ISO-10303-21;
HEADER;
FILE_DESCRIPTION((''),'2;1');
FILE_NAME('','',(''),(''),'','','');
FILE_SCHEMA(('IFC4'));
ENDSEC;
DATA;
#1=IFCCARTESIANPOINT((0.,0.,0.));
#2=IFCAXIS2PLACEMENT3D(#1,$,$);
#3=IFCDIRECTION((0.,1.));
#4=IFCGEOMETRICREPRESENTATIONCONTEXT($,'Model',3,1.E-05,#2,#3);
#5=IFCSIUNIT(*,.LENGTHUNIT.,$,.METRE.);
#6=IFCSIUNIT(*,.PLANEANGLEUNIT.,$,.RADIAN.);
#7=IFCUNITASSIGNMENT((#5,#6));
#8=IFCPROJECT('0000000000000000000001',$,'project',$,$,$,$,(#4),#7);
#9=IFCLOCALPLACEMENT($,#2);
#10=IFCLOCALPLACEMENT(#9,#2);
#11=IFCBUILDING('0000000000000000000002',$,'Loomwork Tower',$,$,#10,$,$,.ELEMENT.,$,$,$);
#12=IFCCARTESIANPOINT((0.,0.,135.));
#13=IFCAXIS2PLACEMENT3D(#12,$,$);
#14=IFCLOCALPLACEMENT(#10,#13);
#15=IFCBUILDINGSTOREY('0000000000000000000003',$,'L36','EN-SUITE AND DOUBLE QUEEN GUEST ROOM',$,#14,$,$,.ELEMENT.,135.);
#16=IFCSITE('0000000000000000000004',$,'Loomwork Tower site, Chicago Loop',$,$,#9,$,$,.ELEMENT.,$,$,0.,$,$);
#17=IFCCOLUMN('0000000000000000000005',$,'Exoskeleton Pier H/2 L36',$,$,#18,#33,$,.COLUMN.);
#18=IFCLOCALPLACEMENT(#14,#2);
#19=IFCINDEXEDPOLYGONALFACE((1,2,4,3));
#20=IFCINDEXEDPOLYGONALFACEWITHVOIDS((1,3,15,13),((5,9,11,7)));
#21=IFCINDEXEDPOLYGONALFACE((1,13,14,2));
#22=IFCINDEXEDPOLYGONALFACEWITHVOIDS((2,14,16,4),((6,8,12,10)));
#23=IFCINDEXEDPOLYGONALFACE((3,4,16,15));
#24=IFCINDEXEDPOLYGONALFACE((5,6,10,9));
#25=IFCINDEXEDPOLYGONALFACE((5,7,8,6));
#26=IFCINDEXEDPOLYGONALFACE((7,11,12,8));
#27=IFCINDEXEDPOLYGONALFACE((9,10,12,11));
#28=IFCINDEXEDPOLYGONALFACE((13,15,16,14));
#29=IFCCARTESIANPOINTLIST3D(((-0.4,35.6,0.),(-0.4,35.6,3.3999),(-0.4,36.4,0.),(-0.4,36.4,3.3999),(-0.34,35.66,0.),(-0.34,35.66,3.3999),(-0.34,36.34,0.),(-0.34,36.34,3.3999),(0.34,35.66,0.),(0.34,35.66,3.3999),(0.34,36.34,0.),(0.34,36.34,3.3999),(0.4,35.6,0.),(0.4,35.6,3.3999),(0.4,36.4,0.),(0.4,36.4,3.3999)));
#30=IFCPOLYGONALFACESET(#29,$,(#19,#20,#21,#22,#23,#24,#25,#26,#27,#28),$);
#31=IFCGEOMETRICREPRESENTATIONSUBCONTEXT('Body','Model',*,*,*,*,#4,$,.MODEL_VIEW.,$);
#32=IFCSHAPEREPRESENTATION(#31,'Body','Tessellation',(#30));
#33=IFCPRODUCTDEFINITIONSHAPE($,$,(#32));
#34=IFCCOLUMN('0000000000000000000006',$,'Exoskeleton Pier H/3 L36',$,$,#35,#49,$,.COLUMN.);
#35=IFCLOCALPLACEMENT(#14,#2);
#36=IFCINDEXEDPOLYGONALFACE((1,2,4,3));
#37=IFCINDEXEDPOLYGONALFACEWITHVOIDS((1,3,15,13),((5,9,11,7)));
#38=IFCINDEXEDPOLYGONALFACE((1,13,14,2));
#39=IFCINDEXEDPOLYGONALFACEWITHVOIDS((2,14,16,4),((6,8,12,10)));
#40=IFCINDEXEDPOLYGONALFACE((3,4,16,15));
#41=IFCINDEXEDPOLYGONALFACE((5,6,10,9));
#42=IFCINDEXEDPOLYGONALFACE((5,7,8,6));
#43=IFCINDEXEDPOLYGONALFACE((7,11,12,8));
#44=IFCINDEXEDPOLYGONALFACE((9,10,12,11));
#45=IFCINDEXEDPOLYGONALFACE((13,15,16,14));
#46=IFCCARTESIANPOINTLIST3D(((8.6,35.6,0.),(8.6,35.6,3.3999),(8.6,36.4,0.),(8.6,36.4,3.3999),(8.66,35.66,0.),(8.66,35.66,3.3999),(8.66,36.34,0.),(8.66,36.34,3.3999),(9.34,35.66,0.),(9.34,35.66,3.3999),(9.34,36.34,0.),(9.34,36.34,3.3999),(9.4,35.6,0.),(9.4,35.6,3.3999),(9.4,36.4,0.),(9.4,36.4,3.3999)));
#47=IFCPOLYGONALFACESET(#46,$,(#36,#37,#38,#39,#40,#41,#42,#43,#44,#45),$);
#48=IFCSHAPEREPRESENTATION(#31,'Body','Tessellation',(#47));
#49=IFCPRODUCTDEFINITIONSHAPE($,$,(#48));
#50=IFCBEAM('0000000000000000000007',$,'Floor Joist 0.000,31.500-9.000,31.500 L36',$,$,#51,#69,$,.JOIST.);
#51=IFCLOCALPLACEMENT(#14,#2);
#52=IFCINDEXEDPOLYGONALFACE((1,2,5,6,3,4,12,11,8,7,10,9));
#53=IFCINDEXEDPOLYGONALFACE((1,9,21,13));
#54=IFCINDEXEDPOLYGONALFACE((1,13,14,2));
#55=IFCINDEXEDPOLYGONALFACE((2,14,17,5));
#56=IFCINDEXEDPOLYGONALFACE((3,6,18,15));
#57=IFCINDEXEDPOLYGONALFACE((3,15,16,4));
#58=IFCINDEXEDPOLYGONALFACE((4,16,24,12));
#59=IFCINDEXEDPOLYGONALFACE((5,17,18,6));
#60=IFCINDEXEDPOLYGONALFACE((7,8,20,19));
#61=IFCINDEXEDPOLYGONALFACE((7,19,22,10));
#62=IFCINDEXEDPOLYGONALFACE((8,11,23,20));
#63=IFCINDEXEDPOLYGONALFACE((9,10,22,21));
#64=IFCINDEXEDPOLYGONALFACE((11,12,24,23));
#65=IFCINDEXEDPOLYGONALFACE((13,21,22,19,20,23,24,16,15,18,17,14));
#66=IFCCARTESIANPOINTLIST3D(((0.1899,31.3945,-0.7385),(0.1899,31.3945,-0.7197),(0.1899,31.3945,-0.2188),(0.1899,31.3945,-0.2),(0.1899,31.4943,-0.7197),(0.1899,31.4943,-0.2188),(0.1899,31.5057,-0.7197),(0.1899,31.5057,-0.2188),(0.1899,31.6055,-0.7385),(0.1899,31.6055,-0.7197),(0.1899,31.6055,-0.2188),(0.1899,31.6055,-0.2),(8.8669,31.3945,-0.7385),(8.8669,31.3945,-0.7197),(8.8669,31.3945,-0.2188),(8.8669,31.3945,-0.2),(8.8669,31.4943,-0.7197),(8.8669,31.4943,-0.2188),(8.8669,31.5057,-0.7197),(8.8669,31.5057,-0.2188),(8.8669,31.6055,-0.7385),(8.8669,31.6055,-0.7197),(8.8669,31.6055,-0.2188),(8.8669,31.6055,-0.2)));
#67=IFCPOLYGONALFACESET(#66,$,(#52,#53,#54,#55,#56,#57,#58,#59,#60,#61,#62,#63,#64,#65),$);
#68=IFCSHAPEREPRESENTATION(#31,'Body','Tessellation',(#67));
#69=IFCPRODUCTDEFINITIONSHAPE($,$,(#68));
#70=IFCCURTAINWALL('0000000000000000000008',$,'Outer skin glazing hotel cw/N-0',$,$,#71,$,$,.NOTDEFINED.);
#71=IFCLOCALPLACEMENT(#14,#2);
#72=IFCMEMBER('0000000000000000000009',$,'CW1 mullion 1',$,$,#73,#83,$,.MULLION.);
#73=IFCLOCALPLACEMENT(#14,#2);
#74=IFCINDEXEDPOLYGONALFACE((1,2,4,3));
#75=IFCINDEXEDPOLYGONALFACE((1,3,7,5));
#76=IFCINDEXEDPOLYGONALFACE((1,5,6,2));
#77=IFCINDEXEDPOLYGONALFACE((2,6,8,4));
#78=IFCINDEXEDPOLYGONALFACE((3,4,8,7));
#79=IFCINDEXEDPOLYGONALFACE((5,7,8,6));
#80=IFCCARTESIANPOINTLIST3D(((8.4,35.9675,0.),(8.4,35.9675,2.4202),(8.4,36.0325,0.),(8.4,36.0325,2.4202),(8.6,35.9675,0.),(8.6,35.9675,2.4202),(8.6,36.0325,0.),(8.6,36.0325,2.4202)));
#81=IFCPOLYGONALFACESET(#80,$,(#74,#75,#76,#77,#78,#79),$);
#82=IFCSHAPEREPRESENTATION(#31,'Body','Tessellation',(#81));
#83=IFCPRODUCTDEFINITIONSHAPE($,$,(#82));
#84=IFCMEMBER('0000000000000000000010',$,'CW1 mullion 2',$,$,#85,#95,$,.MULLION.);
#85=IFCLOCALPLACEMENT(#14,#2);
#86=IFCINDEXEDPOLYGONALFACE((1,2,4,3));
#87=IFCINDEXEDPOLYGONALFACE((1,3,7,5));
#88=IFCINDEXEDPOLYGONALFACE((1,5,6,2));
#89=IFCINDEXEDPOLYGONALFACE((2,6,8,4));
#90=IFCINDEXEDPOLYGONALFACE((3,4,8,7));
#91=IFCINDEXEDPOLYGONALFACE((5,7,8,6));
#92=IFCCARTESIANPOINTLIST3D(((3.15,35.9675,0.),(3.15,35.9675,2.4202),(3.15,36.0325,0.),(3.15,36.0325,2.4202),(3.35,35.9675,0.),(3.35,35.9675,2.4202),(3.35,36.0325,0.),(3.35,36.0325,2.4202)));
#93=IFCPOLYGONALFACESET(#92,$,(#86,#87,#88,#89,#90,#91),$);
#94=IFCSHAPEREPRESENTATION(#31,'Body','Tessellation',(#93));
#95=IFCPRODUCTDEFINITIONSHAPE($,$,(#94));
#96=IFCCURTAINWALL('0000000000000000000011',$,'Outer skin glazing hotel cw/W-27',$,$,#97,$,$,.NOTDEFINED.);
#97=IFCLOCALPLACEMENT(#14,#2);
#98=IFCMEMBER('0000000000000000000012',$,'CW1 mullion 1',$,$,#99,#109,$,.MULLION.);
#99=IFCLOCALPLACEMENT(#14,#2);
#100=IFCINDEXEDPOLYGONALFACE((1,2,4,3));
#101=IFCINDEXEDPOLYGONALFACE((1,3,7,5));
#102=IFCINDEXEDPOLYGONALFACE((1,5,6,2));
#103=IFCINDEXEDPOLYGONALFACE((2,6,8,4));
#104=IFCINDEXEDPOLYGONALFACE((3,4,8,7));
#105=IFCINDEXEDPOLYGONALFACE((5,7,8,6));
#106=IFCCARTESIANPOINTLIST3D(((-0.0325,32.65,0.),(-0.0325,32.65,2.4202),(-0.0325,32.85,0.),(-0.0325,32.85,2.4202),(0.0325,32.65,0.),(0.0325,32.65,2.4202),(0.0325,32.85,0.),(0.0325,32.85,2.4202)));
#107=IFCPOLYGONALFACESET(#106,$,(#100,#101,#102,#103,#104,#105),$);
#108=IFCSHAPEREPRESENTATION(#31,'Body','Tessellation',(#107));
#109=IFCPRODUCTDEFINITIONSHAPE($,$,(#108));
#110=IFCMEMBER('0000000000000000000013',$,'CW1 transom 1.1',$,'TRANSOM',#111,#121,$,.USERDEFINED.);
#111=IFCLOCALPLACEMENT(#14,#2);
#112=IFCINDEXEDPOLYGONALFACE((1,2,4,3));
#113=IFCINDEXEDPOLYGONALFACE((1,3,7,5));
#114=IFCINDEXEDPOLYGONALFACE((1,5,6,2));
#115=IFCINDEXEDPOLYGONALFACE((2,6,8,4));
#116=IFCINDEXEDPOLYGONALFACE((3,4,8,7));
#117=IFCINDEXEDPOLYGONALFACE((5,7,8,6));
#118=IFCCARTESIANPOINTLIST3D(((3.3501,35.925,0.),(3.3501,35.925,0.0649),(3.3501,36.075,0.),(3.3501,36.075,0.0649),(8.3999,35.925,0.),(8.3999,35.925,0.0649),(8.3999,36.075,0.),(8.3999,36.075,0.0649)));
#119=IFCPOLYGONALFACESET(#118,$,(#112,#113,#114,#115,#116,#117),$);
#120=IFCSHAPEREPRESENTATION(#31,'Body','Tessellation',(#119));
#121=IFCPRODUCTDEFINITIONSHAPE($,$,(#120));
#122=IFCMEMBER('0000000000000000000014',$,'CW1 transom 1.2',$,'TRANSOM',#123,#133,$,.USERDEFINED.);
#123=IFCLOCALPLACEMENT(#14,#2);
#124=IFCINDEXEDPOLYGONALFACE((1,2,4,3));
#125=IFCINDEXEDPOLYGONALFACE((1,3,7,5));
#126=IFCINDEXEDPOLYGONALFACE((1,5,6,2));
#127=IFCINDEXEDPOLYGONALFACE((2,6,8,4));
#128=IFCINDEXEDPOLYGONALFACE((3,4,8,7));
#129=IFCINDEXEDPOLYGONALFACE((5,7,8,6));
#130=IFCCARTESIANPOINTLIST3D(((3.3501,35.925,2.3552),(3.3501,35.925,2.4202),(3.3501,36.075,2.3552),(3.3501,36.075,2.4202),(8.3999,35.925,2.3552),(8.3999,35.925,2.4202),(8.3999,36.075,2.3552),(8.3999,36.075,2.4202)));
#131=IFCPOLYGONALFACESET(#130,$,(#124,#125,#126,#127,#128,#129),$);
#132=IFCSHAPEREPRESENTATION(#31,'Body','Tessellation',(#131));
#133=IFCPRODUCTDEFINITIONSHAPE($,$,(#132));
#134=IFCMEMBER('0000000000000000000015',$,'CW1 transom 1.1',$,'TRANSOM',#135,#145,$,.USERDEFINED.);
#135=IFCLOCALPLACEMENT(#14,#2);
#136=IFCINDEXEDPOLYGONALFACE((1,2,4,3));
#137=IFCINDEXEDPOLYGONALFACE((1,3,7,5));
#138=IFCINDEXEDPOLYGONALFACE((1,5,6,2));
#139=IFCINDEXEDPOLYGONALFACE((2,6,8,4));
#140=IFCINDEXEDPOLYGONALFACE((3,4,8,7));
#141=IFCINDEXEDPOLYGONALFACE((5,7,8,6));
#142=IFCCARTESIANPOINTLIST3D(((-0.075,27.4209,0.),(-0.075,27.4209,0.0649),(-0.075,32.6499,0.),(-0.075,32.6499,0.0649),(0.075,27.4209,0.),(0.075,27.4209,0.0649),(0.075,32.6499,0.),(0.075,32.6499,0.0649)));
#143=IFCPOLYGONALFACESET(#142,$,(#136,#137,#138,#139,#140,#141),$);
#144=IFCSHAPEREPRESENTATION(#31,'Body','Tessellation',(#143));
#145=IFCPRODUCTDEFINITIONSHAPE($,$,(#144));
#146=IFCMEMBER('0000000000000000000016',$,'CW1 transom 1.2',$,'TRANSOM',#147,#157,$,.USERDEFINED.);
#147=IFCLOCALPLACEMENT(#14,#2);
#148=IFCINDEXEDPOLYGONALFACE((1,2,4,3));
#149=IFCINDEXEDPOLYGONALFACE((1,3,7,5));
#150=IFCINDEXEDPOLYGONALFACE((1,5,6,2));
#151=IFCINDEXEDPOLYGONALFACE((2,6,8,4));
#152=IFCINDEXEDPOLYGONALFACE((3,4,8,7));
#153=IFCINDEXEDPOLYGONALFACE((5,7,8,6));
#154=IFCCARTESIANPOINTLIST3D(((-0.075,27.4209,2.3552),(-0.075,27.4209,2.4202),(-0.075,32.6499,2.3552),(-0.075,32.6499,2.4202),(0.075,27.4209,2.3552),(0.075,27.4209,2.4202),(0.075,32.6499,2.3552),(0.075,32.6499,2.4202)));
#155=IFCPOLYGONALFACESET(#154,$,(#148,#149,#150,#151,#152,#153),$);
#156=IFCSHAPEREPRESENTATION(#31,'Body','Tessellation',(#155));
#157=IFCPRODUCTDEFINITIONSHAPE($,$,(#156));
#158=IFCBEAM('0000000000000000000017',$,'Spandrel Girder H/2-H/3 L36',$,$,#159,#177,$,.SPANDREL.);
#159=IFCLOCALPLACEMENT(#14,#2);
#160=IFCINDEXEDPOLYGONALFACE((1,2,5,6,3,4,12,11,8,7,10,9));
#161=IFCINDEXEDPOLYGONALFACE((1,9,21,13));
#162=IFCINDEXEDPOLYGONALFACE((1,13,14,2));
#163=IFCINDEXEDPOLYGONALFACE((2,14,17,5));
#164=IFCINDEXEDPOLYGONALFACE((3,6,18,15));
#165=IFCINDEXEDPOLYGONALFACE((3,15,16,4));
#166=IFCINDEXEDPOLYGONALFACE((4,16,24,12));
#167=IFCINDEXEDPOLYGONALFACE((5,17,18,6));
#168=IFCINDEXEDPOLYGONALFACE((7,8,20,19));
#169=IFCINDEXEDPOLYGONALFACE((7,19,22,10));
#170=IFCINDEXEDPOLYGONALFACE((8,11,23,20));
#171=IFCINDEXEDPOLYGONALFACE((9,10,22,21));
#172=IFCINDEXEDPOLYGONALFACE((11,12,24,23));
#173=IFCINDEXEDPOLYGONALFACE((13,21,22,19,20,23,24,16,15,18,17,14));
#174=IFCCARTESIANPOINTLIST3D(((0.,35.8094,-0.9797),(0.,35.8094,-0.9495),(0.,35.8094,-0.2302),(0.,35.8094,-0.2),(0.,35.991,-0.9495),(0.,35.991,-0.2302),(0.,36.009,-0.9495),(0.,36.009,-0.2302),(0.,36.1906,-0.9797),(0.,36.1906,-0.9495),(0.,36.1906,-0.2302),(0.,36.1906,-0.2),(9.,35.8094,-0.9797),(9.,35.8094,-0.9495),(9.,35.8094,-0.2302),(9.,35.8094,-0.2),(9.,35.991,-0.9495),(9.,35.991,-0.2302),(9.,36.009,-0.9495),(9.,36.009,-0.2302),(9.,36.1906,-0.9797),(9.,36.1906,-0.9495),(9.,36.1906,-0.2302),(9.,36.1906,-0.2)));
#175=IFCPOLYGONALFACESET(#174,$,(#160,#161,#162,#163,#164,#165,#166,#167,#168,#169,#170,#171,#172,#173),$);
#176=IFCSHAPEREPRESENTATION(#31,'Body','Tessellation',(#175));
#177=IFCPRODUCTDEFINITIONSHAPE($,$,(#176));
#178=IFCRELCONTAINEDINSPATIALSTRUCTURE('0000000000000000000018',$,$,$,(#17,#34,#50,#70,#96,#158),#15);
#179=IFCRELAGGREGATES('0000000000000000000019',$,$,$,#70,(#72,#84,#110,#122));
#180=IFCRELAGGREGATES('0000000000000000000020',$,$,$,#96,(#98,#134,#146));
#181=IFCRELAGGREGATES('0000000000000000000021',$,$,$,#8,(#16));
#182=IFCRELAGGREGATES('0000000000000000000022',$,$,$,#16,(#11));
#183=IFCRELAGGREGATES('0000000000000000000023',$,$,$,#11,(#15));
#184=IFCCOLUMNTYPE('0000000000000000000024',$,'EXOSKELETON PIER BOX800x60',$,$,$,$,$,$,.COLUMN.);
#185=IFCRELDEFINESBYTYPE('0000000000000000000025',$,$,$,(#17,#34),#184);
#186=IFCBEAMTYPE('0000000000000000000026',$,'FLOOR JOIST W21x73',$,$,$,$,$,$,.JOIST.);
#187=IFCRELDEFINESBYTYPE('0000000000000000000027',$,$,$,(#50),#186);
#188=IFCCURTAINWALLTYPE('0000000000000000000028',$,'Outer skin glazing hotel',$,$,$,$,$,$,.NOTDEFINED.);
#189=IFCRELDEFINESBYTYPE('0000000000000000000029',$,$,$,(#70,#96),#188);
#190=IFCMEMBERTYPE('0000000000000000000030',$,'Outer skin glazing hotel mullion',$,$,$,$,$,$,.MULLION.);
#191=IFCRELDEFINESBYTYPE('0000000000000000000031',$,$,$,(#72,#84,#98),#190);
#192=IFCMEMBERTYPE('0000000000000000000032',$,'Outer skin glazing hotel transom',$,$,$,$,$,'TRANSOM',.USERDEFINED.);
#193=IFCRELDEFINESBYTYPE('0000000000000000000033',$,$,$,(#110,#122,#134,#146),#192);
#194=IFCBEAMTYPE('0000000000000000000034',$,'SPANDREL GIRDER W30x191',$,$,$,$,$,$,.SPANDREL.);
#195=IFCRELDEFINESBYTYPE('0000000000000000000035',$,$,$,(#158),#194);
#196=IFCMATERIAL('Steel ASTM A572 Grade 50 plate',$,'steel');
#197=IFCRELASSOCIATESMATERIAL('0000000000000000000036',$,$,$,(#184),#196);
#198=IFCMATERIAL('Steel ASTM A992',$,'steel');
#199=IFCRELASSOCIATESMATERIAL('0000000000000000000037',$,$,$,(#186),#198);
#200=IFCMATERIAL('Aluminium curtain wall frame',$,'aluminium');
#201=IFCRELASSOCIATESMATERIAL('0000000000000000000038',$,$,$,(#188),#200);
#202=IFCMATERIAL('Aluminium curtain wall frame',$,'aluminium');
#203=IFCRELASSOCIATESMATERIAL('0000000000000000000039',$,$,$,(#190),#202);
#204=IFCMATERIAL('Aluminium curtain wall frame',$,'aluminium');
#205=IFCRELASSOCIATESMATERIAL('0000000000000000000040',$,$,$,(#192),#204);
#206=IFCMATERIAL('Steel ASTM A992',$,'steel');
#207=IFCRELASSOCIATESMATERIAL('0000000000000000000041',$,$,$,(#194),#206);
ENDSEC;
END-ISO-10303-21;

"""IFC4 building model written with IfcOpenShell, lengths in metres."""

from ifc_helpers import new_model, si_unit, direction, frame, origin, origin_2d, place, context, subcontext, project, spatial, rectangle, hollow_rectangle, i_section, extrude, material, material_profile, profile_set, type_object, element, aggregate, save


model = new_model("IFC4")

# Units and contexts
model_context = context("Model", 3, precision=1e-05, world=origin(), true_north=direction((0.0, 1.0)))
body_context = subcontext(model_context, "Body", "Model", "MODEL_VIEW")
ifc_project = project(units=[si_unit("LENGTHUNIT", "METRE"), si_unit("PLANEANGLEUNIT", "RADIAN")], contexts=[model_context])

# Site, building, storey
site_placement = place(None, origin())
site = spatial("IfcSite", under=ifc_project, at=site_placement, Name="Loomwork Tower site, Chicago Loop", CompositionType="ELEMENT", RefElevation=0.0)
building_placement = place(site_placement, origin())
building = spatial("IfcBuilding", under=site, at=building_placement, Name="Loomwork Tower", CompositionType="ELEMENT")
storey_placement = place(building_placement, frame((0.0, 0.0, 135.0)))
storey = spatial("IfcBuildingStorey", under=building, at=storey_placement, Name="L36", Description="EN-SUITE AND DOUBLE QUEEN GUEST ROOM", CompositionType="ELEMENT", Elevation=135.0)

# Columns
ifc_material_1 = material(Name="Steel ASTM A572 Grade 50 plate", Category="steel")
ifc_material_profile_1 = material_profile(ifc_material_1, hollow_rectangle(XDim=0.8, YDim=0.8, WallThickness=0.0601, at=origin_2d()), Name="BOX800x60")
ifc_profile_set_1 = profile_set([ifc_material_profile_1], Name="Steel ASTM A572 Grade 50 plate")
column_type = type_object("IfcColumnType", Name="EXOSKELETON PIER BOX800x60", PredefinedType="COLUMN", material=ifc_profile_set_1)
for number, where, z_axis, x_axis, name in (
    (1, (0.0, 36.0, 0.0), (0.0, 0.0, 1.0), (1.0, 0.0, 0.0), "Exoskeleton Pier H/2 L36"),
    (2, (9.0, 36.0, 0.0), (0.0, 0.0, 1.0), (1.0, 0.0, 0.0), "Exoskeleton Pier H/3 L36"),
):
    element("IfcColumn", number, at=place(storey_placement, frame(where, z_axis=z_axis, x_axis=x_axis)), inside=storey, type_object=column_type, Name=name, PredefinedType="COLUMN", context=body_context, shape_type="SweptSolid", body=[
        extrude(hollow_rectangle(XDim=0.8, YDim=0.8, WallThickness=0.0601, at=origin_2d()), origin(), (0.0, 0.0, 1.0), 3.3999),
    ])

# Beam
ifc_material_2 = material(Name="Steel ASTM A992", Category="steel")
ifc_material_profile_2 = material_profile(ifc_material_2, i_section(OverallWidth=0.2109, OverallDepth=0.5386, WebThickness=0.0115, FlangeThickness=0.0188, at=origin_2d()), Name="W21x73")
ifc_profile_set_2 = profile_set([ifc_material_profile_2], Name="Steel ASTM A992")
beam_type_1 = type_object("IfcBeamType", Name="FLOOR JOIST W21x73", PredefinedType="JOIST", material=ifc_profile_set_2)
beam_placement = place(storey_placement, frame((0.1899, 31.5, -0.4692), z_axis=(1.0, 0.0, 0.0), x_axis=(0.0, 1.0, 0.0)))
element("IfcBeam", 3, at=beam_placement, inside=storey, type_object=beam_type_1, Name="Floor Joist 0.000,31.500-9.000,31.500 L36", PredefinedType="JOIST", context=body_context, shape_type="SweptSolid", body=[
    extrude(i_section(OverallWidth=0.2109, OverallDepth=0.5386, WebThickness=0.0115, FlangeThickness=0.0188, at=origin_2d()), origin(), (0.0, 0.0, 1.0), 8.677),
])

# Curtain wall, members
ifc_material_3 = material(Name="Aluminium curtain wall frame", Category="aluminium")
curtain_wall_type = type_object("IfcCurtainWallType", Name="Outer skin glazing hotel", PredefinedType="NOTDEFINED", material=ifc_material_3)
curtain_wall_1_placement = place(storey_placement, origin())
curtain_wall_1 = element("IfcCurtainWall", 4, at=curtain_wall_1_placement, inside=storey, type_object=curtain_wall_type, Name="Outer skin glazing hotel cw/N-0", PredefinedType="NOTDEFINED")
ifc_material_4 = material(Name="Aluminium curtain wall frame", Category="aluminium")
ifc_material_profile_3 = material_profile(ifc_material_4, rectangle(XDim=0.0649, YDim=0.2, at=origin_2d()), Name="AL 65x200")
ifc_profile_set_3 = profile_set([ifc_material_profile_3], Name="Aluminium curtain wall frame")
member_type_1 = type_object("IfcMemberType", Name="Outer skin glazing hotel mullion", PredefinedType="MULLION", material=ifc_profile_set_3)
member_1_placement = place(storey_placement, frame((8.5, 36.0, 0.0), z_axis=(0.0, 0.0, 1.0), x_axis=(0.0, -1.0, 0.0)))
member_1 = element("IfcMember", 5, at=member_1_placement, type_object=member_type_1, Name="CW1 mullion 1", PredefinedType="MULLION", context=body_context, shape_type="SweptSolid", body=[
    extrude(rectangle(XDim=0.0649, YDim=0.2, at=origin_2d()), origin(), (0.0, 0.0, 1.0), 2.4202),
])
member_2_placement = place(storey_placement, frame((3.25, 36.0, 0.0), z_axis=(0.0, 0.0, 1.0), x_axis=(0.0, -1.0, 0.0)))
member_2 = element("IfcMember", 6, at=member_2_placement, type_object=member_type_1, Name="CW1 mullion 2", PredefinedType="MULLION", context=body_context, shape_type="SweptSolid", body=[
    extrude(rectangle(XDim=0.0649, YDim=0.2, at=origin_2d()), origin(), (0.0, 0.0, 1.0), 2.4202),
])

# Curtain wall, member
curtain_wall_2_placement = place(storey_placement, origin())
curtain_wall_2 = element("IfcCurtainWall", 7, at=curtain_wall_2_placement, inside=storey, type_object=curtain_wall_type, Name="Outer skin glazing hotel cw/W-27", PredefinedType="NOTDEFINED")
member_3_placement = place(storey_placement, frame((0.0, 32.75, 0.0), z_axis=(0.0, 0.0, 1.0), x_axis=(1.0, 0.0, 0.0)))
member_3 = element("IfcMember", 8, at=member_3_placement, type_object=member_type_1, Name="CW1 mullion 1", PredefinedType="MULLION", context=body_context, shape_type="SweptSolid", body=[
    extrude(rectangle(XDim=0.0649, YDim=0.2, at=origin_2d()), origin(), (0.0, 0.0, 1.0), 2.4202),
])

# Members
ifc_material_5 = material(Name="Aluminium curtain wall frame", Category="aluminium")
ifc_material_profile_4 = material_profile(ifc_material_5, rectangle(XDim=0.1499, YDim=0.0649, at=origin_2d()), Name="AL 65x150")
ifc_profile_set_4 = profile_set([ifc_material_profile_4], Name="Aluminium curtain wall frame")
member_type_2 = type_object("IfcMemberType", Name="Outer skin glazing hotel transom", ElementType="TRANSOM", PredefinedType="USERDEFINED", material=ifc_profile_set_4)
member_4_placement = place(storey_placement, frame((8.3999, 36.0, 0.0325), z_axis=(-1.0, 0.0, 0.0), x_axis=(0.0, -1.0, 0.0)))
member_4 = element("IfcMember", 9, at=member_4_placement, type_object=member_type_2, Name="CW1 transom 1.1", ObjectType="TRANSOM", PredefinedType="USERDEFINED", context=body_context, shape_type="SweptSolid", body=[
    extrude(rectangle(XDim=0.1499, YDim=0.0649, at=origin_2d()), origin(), (0.0, 0.0, 1.0), 5.0498),
])
member_5_placement = place(storey_placement, frame((8.3999, 36.0, 2.3877), z_axis=(-1.0, 0.0, 0.0), x_axis=(0.0, -1.0, 0.0)))
member_5 = element("IfcMember", 10, at=member_5_placement, type_object=member_type_2, Name="CW1 transom 1.2", ObjectType="TRANSOM", PredefinedType="USERDEFINED", context=body_context, shape_type="SweptSolid", body=[
    extrude(rectangle(XDim=0.1499, YDim=0.0649, at=origin_2d()), origin(), (0.0, 0.0, 1.0), 5.0498),
])
member_6_placement = place(storey_placement, frame((0.0, 32.6499, 0.0325), z_axis=(0.0, -1.0, 0.0), x_axis=(1.0, 0.0, 0.0)))
member_6 = element("IfcMember", 11, at=member_6_placement, type_object=member_type_2, Name="CW1 transom 1.1", ObjectType="TRANSOM", PredefinedType="USERDEFINED", context=body_context, shape_type="SweptSolid", body=[
    extrude(rectangle(XDim=0.1499, YDim=0.0649, at=origin_2d()), origin(), (0.0, 0.0, 1.0), 5.229),
])
member_7_placement = place(storey_placement, frame((0.0, 32.6499, 2.3877), z_axis=(0.0, -1.0, 0.0), x_axis=(1.0, 0.0, 0.0)))
member_7 = element("IfcMember", 12, at=member_7_placement, type_object=member_type_2, Name="CW1 transom 1.2", ObjectType="TRANSOM", PredefinedType="USERDEFINED", context=body_context, shape_type="SweptSolid", body=[
    extrude(rectangle(XDim=0.1499, YDim=0.0649, at=origin_2d()), origin(), (0.0, 0.0, 1.0), 5.229),
])

# Beam
ifc_material_6 = material(Name="Steel ASTM A992", Category="steel")
ifc_material_profile_5 = material_profile(ifc_material_6, i_section(OverallWidth=0.3811, OverallDepth=0.7798, WebThickness=0.0181, FlangeThickness=0.0303, at=origin_2d()), Name="W30x191")
ifc_profile_set_5 = profile_set([ifc_material_profile_5], Name="Steel ASTM A992")
beam_type_2 = type_object("IfcBeamType", Name="SPANDREL GIRDER W30x191", PredefinedType="SPANDREL", material=ifc_profile_set_5)
for number, where, z_axis, x_axis, name in (
    (13, (0.0, 36.0, -0.5898), (1.0, 0.0, 0.0), (0.0, 1.0, 0.0), "Spandrel Girder H/2-H/3 L36"),
):
    element("IfcBeam", number, at=place(storey_placement, frame(where, z_axis=z_axis, x_axis=x_axis)), inside=storey, type_object=beam_type_2, Name=name, PredefinedType="SPANDREL", context=body_context, shape_type="SweptSolid", body=[
        extrude(i_section(OverallWidth=0.3811, OverallDepth=0.7798, WebThickness=0.0181, FlangeThickness=0.0303, at=origin_2d()), origin(), (0.0, 0.0, 1.0), 9.0),
    ])

aggregate(curtain_wall_1, [member_1, member_2, member_4, member_5])
aggregate(curtain_wall_2, [member_3, member_6, member_7])

save(model, "model.ifc")
